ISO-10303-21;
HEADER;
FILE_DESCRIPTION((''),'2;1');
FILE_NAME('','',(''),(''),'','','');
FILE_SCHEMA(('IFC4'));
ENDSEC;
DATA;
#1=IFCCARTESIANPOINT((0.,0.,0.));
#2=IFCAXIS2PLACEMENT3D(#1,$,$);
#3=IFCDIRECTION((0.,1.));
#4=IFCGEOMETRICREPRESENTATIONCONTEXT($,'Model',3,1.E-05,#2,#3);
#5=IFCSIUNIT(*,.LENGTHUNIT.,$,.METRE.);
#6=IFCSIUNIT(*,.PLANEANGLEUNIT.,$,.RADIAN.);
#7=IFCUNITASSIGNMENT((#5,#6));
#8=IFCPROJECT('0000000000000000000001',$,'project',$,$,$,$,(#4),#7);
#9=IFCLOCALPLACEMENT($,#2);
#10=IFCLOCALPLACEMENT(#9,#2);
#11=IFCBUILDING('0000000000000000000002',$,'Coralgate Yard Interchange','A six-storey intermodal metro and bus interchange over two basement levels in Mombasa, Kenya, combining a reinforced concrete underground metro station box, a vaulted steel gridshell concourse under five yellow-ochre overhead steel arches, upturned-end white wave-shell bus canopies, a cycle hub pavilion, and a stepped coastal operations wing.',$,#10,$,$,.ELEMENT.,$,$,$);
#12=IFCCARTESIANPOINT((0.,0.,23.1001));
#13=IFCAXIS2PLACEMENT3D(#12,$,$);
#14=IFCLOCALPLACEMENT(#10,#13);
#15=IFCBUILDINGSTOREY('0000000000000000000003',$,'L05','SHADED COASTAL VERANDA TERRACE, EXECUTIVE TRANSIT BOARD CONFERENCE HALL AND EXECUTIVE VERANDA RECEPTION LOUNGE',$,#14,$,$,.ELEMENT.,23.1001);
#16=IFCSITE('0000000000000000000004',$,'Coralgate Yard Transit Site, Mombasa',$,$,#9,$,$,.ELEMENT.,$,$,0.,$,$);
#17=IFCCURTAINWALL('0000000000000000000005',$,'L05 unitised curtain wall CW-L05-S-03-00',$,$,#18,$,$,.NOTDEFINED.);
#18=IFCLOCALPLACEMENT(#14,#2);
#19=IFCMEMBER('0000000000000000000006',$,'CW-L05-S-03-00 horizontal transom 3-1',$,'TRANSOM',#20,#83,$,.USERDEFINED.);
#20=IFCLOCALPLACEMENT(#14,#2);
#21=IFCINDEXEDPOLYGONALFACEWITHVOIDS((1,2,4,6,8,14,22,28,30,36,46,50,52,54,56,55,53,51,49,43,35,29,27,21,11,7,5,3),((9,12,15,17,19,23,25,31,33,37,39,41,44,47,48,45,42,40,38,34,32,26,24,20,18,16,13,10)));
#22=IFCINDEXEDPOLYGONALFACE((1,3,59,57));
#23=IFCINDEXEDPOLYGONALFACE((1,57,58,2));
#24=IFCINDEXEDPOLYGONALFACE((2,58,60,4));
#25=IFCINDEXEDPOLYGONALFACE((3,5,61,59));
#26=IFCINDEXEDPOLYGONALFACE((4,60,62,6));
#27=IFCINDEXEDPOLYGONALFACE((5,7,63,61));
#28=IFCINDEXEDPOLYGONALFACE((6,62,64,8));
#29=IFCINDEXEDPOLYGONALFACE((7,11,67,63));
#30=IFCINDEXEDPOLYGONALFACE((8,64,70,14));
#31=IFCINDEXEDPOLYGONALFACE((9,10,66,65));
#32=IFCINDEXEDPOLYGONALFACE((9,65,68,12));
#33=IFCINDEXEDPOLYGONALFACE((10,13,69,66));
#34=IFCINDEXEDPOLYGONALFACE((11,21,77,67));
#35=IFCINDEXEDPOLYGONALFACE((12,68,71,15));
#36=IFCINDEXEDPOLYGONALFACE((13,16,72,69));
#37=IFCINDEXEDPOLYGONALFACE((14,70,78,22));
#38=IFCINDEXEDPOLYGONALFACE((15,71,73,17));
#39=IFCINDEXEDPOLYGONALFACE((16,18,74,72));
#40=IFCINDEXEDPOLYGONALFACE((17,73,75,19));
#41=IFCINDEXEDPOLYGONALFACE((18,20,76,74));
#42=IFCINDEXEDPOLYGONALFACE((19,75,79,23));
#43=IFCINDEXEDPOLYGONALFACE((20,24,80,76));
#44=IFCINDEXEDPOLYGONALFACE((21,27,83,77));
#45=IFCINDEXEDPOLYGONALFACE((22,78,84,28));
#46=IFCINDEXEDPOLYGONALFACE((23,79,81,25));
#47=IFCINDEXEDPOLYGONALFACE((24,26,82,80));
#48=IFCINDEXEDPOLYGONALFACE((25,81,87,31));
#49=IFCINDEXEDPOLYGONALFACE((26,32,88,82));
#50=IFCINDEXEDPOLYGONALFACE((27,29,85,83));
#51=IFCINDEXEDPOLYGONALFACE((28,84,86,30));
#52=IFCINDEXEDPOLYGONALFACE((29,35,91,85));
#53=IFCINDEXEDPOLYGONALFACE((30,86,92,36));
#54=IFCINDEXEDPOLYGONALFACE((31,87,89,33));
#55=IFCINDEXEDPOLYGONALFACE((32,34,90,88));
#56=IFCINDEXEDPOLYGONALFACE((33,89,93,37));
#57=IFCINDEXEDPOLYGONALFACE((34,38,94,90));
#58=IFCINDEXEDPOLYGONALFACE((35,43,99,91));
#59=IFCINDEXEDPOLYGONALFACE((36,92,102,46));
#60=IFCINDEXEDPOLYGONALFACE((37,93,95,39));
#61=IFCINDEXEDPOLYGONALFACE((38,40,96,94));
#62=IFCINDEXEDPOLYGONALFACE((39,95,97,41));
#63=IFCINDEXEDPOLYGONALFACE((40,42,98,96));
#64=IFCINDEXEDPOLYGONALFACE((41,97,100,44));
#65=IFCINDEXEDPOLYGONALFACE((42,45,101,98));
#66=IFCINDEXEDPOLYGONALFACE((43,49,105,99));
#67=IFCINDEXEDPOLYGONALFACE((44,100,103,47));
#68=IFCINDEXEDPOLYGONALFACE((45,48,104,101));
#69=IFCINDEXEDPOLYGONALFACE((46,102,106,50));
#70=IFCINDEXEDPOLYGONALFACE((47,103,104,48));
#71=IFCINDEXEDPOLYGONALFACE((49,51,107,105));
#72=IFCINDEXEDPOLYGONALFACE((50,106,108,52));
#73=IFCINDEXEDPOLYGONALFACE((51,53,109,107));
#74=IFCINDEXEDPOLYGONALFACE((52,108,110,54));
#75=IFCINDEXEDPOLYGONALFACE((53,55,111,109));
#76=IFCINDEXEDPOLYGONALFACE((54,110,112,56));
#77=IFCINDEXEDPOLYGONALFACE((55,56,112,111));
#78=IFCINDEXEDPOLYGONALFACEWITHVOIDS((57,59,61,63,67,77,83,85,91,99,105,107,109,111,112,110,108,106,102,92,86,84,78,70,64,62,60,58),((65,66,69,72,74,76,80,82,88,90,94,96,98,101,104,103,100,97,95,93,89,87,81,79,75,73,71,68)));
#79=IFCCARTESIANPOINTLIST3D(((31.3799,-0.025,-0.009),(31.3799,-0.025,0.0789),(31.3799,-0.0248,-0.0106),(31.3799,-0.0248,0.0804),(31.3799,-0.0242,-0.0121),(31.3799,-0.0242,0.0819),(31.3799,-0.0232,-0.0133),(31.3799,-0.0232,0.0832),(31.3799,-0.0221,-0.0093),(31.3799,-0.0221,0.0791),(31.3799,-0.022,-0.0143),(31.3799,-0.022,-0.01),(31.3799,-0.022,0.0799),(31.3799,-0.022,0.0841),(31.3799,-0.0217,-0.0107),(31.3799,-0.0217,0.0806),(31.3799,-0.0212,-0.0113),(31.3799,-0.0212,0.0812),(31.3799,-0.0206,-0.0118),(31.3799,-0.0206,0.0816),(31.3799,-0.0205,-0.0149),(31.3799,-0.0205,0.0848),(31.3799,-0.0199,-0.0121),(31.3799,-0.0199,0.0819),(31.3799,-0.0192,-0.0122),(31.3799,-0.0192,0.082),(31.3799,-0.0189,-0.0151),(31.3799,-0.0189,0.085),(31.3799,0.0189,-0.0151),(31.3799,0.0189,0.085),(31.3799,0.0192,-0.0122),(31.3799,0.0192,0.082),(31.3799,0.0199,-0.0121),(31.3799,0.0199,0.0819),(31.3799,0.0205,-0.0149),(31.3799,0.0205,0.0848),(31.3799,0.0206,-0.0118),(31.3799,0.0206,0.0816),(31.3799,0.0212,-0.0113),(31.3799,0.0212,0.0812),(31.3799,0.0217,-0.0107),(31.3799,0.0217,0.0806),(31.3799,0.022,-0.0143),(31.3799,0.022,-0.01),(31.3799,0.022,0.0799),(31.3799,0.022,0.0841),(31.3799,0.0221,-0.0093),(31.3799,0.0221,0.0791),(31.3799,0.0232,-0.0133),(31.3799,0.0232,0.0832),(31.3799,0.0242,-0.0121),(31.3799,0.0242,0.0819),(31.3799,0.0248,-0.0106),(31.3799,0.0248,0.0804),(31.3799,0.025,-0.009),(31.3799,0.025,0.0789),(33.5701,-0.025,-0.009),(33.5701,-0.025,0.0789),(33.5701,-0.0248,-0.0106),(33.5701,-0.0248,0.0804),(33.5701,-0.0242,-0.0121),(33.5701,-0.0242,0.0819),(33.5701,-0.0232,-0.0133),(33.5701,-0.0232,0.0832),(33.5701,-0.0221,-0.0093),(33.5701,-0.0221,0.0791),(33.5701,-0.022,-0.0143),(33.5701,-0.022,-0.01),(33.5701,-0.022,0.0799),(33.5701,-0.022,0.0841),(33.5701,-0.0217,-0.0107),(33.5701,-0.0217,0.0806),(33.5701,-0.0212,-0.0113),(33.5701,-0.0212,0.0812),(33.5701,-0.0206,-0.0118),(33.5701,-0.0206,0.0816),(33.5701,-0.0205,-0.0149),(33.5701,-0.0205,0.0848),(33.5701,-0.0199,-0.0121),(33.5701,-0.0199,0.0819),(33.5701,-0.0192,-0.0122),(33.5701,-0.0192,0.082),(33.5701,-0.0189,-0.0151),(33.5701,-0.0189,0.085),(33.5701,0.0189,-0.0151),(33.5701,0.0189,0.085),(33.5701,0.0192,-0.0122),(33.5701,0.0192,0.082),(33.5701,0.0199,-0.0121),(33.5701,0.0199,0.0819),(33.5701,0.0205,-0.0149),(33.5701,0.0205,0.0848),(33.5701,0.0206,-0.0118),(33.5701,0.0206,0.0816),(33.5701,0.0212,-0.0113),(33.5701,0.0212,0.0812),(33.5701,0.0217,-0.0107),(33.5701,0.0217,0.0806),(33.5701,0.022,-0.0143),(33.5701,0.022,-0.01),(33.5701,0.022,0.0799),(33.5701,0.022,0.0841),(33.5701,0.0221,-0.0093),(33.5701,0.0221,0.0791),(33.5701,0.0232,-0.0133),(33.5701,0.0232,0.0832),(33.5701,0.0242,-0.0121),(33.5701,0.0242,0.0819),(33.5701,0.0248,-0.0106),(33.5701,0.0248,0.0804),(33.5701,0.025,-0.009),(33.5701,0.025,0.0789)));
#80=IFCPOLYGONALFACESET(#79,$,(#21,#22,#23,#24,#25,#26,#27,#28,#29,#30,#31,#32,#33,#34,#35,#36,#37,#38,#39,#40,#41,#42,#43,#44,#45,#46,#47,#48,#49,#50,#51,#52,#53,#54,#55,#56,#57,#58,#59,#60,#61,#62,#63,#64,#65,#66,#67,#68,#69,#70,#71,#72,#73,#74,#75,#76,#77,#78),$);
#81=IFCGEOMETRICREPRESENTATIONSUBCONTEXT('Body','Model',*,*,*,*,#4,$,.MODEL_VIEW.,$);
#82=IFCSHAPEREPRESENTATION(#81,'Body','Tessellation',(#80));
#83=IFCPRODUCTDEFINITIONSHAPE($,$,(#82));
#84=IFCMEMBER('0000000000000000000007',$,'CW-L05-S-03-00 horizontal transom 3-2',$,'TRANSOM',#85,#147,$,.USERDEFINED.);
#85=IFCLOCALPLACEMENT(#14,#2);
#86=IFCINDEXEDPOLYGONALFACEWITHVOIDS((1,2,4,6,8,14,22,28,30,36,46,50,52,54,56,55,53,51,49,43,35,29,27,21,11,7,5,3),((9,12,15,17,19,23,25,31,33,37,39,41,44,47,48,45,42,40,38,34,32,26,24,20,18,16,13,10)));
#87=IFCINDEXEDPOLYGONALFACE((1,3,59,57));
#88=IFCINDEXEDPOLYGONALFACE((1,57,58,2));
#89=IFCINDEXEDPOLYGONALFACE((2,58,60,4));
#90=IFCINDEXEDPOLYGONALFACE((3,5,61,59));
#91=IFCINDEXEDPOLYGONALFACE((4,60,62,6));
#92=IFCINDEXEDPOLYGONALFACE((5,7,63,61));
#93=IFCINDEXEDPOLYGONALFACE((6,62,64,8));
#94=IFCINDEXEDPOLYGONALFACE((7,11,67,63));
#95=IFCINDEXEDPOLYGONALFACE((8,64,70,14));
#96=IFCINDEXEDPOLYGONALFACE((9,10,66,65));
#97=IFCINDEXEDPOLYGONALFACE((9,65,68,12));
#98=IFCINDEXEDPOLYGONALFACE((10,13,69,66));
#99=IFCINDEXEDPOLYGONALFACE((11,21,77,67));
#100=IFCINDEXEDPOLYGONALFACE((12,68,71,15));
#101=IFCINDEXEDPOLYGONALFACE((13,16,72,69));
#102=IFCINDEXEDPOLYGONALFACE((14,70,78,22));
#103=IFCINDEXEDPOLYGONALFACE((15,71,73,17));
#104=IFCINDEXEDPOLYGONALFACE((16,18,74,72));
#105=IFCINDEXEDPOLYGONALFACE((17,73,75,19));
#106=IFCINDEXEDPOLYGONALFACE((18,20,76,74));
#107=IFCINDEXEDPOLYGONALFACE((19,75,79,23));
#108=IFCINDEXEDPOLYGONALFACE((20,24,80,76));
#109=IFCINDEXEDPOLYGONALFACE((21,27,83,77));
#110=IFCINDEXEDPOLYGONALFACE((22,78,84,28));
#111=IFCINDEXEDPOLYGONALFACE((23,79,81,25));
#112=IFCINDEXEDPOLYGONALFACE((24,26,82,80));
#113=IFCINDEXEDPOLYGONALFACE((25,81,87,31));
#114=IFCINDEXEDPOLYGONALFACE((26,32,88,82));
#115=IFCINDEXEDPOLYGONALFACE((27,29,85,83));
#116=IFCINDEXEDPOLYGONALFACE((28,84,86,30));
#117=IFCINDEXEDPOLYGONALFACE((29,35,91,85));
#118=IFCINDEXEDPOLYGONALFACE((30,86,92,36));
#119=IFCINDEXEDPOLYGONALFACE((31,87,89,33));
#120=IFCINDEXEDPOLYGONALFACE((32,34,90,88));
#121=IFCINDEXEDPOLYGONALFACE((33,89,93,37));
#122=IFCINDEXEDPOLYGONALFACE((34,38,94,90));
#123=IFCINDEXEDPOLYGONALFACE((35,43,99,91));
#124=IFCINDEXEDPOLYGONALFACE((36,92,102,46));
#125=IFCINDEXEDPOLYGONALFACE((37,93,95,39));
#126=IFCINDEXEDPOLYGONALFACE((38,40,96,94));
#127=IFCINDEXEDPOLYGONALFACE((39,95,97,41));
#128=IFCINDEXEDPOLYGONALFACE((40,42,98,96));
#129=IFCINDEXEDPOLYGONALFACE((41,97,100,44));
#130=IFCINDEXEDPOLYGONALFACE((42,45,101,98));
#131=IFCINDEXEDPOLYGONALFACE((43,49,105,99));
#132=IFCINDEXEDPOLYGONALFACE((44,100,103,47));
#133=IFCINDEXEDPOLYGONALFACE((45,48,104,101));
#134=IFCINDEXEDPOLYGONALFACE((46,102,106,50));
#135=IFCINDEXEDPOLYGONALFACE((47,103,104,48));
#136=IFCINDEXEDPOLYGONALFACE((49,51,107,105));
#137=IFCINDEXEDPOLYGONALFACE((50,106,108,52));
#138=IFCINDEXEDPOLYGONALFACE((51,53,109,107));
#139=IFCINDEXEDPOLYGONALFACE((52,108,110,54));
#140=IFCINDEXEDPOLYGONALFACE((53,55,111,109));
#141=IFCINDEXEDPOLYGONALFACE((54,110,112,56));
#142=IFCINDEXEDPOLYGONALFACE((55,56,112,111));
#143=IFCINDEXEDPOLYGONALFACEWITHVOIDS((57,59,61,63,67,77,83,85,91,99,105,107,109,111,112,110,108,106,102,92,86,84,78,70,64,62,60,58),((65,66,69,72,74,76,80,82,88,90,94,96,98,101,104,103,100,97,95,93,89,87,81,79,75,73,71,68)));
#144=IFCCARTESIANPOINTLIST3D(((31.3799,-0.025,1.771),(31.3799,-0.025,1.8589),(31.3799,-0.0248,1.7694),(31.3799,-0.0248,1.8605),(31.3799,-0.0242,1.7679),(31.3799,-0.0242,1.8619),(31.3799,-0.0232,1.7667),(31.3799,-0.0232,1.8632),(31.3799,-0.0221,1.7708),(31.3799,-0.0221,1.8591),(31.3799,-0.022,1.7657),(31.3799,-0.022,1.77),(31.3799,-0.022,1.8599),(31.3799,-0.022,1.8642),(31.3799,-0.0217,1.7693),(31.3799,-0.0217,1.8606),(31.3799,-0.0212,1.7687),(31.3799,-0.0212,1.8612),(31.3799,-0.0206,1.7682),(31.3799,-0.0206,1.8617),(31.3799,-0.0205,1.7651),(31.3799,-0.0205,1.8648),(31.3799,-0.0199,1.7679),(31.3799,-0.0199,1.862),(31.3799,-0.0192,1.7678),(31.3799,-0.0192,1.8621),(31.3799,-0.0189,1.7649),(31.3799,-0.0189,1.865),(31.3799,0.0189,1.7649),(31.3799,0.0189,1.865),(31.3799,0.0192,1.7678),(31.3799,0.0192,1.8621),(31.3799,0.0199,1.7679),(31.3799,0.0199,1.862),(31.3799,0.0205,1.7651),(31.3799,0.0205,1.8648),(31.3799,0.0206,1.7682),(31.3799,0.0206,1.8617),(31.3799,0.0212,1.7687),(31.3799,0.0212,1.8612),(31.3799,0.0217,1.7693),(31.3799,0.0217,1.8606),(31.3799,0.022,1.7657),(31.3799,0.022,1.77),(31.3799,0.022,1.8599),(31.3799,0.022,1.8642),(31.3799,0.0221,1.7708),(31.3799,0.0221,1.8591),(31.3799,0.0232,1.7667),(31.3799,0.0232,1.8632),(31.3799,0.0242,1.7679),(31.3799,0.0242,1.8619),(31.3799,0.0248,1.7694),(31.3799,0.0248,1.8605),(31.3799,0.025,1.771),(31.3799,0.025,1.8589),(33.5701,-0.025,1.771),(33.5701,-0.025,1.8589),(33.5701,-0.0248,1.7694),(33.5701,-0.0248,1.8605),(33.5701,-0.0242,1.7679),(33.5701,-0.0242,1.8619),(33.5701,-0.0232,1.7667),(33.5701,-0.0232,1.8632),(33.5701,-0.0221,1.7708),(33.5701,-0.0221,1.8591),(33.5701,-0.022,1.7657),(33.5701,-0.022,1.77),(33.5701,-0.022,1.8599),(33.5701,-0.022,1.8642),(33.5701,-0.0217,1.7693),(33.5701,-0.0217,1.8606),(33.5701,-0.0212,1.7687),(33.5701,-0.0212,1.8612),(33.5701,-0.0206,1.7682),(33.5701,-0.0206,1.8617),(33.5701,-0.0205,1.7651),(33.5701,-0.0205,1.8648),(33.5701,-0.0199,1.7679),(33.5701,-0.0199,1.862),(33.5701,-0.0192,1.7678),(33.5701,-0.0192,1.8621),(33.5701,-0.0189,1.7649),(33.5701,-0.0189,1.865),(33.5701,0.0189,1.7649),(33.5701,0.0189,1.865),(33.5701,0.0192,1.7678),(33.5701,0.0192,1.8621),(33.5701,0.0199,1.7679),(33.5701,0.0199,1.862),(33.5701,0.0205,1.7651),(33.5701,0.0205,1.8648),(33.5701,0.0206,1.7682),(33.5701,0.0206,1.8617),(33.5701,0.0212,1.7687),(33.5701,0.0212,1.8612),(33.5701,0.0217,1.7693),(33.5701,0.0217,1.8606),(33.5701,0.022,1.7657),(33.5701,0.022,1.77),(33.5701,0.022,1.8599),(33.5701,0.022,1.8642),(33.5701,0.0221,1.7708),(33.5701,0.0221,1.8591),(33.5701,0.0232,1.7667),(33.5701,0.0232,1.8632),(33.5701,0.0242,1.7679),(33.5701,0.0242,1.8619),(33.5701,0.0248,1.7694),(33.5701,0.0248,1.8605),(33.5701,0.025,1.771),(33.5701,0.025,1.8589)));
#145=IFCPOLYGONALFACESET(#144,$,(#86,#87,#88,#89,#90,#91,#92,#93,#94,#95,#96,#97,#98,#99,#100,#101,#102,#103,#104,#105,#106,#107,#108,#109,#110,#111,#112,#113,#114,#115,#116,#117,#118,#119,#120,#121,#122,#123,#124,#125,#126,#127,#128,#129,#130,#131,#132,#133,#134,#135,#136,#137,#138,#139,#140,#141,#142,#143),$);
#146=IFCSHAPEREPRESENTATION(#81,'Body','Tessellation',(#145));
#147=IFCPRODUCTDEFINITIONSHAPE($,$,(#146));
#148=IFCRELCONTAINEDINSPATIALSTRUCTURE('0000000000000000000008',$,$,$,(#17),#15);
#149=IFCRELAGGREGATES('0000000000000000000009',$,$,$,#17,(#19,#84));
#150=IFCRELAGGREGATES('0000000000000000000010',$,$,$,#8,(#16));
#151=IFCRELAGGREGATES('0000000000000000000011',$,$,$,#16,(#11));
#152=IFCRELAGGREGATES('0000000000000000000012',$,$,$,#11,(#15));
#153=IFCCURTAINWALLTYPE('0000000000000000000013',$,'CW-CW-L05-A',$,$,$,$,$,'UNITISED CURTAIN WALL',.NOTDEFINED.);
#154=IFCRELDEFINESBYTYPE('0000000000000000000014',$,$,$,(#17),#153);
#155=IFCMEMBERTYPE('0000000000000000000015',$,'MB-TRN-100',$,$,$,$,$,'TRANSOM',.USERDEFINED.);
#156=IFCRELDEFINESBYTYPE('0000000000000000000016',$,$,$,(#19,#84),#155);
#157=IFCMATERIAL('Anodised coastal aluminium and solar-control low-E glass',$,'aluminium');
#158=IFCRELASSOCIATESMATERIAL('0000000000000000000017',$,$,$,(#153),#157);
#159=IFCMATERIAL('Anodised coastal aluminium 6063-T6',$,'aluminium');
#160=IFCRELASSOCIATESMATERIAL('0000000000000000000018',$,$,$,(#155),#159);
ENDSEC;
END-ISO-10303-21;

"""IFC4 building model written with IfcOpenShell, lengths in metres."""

from ifc_helpers import new_model, si_unit, direction, frame, origin, origin_2d, place, context, subcontext, project, spatial, hollow_rectangle, extrude, material, material_profile, profile_set, type_object, element, aggregate, save


model = new_model("IFC4")

# Units and contexts
model_context = context("Model", 3, precision=1e-05, world=origin(), true_north=direction((0.0, 1.0)))
body_context = subcontext(model_context, "Body", "Model", "MODEL_VIEW")
ifc_project = project(units=[si_unit("LENGTHUNIT", "METRE"), si_unit("PLANEANGLEUNIT", "RADIAN")], contexts=[model_context])

# Site, building, storey
site_placement = place(None, origin())
site = spatial("IfcSite", under=ifc_project, at=site_placement, Name="Coralgate Yard Transit Site, Mombasa", CompositionType="ELEMENT", RefElevation=0.0)
building_placement = place(site_placement, origin())
building = spatial("IfcBuilding", under=site, at=building_placement, Name="Coralgate Yard Interchange", Description="A six-storey intermodal metro and bus interchange over two basement levels in Mombasa, Kenya, combining a reinforced concrete underground metro station box, a vaulted steel gridshell concourse under five yellow-ochre overhead steel arches, upturned-end white wave-shell bus canopies, a cycle hub pavilion, and a stepped coastal operations wing.", CompositionType="ELEMENT")
storey_placement = place(building_placement, frame((0.0, 0.0, 23.1001)))
storey = spatial("IfcBuildingStorey", under=building, at=storey_placement, Name="L05", Description="SHADED COASTAL VERANDA TERRACE, EXECUTIVE TRANSIT BOARD CONFERENCE HALL AND EXECUTIVE VERANDA RECEPTION LOUNGE", CompositionType="ELEMENT", Elevation=23.1001)

# Curtain wall
ifc_material_1 = material(Name="Anodised coastal aluminium and solar-control low-E glass", Category="aluminium")
curtain_wall_type = type_object("IfcCurtainWallType", Name="CW-CW-L05-A", ElementType="UNITISED CURTAIN WALL", PredefinedType="NOTDEFINED", material=ifc_material_1)
curtain_wall_1_placement = place(storey_placement, origin())
curtain_wall_1 = element("IfcCurtainWall", 1, at=curtain_wall_1_placement, inside=storey, type_object=curtain_wall_type, Name="L05 unitised curtain wall CW-L05-S-03-00", PredefinedType="NOTDEFINED")
ifc_material_2 = material(Name="Anodised coastal aluminium 6063-T6", Category="aluminium")

# Members
ifc_material_profile_1 = material_profile(ifc_material_2, hollow_rectangle(XDim=0.05, YDim=0.1001, WallThickness=0.0029, InnerFilletRadius=0.0029, OuterFilletRadius=0.0061, at=origin_2d()), Name="ALU 50x100x3")
ifc_profile_set_1 = profile_set([ifc_material_profile_1], Name="Anodised coastal aluminium 6063-T6")
member_type_1 = type_object("IfcMemberType", Name="MB-TRN-100", ElementType="TRANSOM", PredefinedType="USERDEFINED", material=ifc_profile_set_1)
member_1_placement = place(storey_placement, frame((33.5701, 0.0, 0.0349), z_axis=(-1.0, 0.0, 0.0), x_axis=(0.0, -1.0, 0.0)))
member_1 = element("IfcMember", 2, at=member_1_placement, type_object=member_type_1, Name="CW-L05-S-03-00 horizontal transom 3-1", ObjectType="TRANSOM", PredefinedType="USERDEFINED", context=body_context, shape_type="SweptSolid", body=[
    extrude(hollow_rectangle(XDim=0.05, YDim=0.1001, WallThickness=0.0029, InnerFilletRadius=0.0029, OuterFilletRadius=0.0061, at=origin_2d()), origin(), (0.0, 0.0, 1.0), 2.1902),
])
member_2_placement = place(storey_placement, frame((33.5701, 0.0, 1.8149), z_axis=(-1.0, 0.0, 0.0), x_axis=(0.0, -1.0, 0.0)))
member_2 = element("IfcMember", 3, at=member_2_placement, type_object=member_type_1, Name="CW-L05-S-03-00 horizontal transom 3-2", ObjectType="TRANSOM", PredefinedType="USERDEFINED", context=body_context, shape_type="SweptSolid", body=[
    extrude(hollow_rectangle(XDim=0.05, YDim=0.1001, WallThickness=0.0029, InnerFilletRadius=0.0029, OuterFilletRadius=0.0061, at=origin_2d()), origin(), (0.0, 0.0, 1.0), 2.1902),
])

aggregate(curtain_wall_1, [member_1, member_2])

save(model, "model.ifc")
